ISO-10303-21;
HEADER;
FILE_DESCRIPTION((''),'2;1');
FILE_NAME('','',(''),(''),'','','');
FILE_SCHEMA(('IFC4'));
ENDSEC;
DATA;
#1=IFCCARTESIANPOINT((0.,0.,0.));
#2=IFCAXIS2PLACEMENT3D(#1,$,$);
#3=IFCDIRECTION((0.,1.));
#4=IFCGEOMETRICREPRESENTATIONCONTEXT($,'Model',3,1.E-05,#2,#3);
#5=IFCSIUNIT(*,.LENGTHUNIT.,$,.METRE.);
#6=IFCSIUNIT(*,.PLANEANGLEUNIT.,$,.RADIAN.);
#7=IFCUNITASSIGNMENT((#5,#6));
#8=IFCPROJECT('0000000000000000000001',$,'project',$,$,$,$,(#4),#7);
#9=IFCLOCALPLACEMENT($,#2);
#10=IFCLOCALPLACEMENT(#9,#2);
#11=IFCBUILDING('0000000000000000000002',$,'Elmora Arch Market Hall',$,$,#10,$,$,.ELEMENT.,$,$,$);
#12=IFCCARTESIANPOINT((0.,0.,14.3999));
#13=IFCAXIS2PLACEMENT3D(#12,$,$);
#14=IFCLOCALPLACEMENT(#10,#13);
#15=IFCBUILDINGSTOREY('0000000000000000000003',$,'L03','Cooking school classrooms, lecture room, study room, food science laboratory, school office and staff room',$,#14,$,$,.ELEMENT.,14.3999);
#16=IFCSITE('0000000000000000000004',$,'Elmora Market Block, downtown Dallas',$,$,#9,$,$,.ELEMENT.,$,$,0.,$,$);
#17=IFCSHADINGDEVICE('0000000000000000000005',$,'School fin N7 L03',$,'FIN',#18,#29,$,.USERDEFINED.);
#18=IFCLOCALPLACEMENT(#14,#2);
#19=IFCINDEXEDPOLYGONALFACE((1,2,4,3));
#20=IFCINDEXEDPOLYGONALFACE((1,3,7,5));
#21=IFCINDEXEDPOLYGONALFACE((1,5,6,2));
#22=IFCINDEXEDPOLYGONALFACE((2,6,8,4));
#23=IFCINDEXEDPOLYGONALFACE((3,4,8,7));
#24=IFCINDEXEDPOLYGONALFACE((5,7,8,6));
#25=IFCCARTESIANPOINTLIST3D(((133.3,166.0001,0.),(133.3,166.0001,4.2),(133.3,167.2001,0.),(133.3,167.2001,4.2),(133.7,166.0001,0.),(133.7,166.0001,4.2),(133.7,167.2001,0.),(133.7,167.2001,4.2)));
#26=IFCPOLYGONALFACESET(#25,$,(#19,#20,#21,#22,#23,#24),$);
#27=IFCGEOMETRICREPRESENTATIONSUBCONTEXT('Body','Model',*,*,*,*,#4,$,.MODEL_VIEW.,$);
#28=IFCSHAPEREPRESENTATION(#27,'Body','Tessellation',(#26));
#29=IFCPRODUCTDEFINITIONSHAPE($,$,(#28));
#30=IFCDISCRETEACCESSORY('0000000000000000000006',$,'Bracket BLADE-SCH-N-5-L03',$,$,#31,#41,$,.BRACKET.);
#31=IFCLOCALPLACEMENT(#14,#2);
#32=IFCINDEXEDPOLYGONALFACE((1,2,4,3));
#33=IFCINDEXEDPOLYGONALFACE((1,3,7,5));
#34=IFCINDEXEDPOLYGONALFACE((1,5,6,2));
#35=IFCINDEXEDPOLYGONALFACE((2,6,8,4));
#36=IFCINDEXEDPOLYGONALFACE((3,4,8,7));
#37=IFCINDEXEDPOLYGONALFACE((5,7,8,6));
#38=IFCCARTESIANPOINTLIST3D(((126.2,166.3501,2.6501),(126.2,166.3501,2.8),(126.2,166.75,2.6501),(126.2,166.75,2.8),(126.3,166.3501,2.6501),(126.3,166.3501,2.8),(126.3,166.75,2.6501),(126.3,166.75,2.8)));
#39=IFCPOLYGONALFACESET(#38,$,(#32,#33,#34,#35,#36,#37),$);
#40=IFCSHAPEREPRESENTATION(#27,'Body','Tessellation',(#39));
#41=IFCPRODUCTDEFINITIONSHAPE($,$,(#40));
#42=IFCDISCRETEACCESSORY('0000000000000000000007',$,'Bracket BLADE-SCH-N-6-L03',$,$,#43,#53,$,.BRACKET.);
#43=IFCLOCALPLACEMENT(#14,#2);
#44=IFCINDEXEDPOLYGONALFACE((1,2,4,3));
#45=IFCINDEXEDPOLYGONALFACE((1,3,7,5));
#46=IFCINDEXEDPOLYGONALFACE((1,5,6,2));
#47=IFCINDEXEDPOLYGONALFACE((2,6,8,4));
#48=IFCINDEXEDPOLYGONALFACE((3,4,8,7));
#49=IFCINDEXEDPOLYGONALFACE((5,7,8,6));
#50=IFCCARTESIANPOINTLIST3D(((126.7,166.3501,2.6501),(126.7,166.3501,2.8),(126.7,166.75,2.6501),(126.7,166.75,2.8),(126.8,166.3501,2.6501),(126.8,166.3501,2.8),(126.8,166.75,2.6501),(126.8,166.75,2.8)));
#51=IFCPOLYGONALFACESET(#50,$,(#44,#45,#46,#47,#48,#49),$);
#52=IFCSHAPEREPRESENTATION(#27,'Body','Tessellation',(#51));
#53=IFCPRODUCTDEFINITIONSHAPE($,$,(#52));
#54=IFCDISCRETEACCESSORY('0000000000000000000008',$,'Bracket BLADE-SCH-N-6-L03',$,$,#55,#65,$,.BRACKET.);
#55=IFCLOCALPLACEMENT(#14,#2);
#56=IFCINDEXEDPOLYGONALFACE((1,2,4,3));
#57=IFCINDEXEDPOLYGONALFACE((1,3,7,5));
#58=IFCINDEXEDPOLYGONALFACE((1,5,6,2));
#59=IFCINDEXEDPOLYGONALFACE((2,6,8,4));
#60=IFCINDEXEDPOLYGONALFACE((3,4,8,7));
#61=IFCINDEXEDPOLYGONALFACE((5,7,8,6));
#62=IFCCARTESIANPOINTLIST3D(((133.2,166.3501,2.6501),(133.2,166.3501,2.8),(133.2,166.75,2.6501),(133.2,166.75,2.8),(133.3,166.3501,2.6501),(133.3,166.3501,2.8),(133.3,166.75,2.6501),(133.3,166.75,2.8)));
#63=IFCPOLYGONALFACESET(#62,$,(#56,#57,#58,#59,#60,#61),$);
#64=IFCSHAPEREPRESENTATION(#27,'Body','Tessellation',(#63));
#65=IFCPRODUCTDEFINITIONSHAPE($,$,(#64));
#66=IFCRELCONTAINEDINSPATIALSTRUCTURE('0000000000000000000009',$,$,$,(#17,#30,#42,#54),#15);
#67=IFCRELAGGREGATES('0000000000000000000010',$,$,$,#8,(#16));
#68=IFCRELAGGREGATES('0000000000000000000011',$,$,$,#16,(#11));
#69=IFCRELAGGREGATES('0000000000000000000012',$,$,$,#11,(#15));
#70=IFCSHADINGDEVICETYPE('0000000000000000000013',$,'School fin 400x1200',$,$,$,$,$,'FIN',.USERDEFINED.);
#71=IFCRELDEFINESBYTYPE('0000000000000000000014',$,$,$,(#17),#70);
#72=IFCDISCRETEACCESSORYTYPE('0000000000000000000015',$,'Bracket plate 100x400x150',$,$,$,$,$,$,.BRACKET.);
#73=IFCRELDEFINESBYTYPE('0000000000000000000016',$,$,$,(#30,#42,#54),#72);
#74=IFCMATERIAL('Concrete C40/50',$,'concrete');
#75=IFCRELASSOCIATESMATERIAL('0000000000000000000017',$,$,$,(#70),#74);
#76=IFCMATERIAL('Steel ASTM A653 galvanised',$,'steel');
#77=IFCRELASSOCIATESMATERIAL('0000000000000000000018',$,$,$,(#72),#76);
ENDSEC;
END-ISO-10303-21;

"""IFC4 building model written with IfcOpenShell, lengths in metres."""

from ifc_helpers import new_model, si_unit, direction, frame, origin, origin_2d, place, context, subcontext, project, spatial, rectangle, extrude, material, type_object, element, save


model = new_model("IFC4")

# Units and contexts
model_context = context("Model", 3, precision=1e-05, world=origin(), true_north=direction((0.0, 1.0)))
body_context = subcontext(model_context, "Body", "Model", "MODEL_VIEW")
ifc_project = project(units=[si_unit("LENGTHUNIT", "METRE"), si_unit("PLANEANGLEUNIT", "RADIAN")], contexts=[model_context])

# Site, building, storey
site_placement = place(None, origin())
site = spatial("IfcSite", under=ifc_project, at=site_placement, Name="Elmora Market Block, downtown Dallas", CompositionType="ELEMENT", RefElevation=0.0)
building_placement = place(site_placement, origin())
building = spatial("IfcBuilding", under=site, at=building_placement, Name="Elmora Arch Market Hall", CompositionType="ELEMENT")
storey_placement = place(building_placement, frame((0.0, 0.0, 14.3999)))
storey = spatial("IfcBuildingStorey", under=building, at=storey_placement, Name="L03", Description="Cooking school classrooms, lecture room, study room, food science laboratory, school office and staff room", CompositionType="ELEMENT", Elevation=14.3999)

# Shading device
ifc_material_1 = material(Name="Concrete C40/50", Category="concrete")
shading_device_type_1 = type_object("IfcShadingDeviceType", Name="School fin 400x1200", ElementType="FIN", PredefinedType="USERDEFINED", material=ifc_material_1)
for number, where, z_axis, x_axis, name in (
    (1, (133.5, 166.6001, 0.0), (0.0, 0.0, 1.0), (1.0, 0.0, 0.0), "School fin N7 L03"),
):
    element("IfcShadingDevice", number, at=place(storey_placement, frame(where, z_axis=z_axis, x_axis=x_axis)), inside=storey, type_object=shading_device_type_1, Name=name, ObjectType="FIN", PredefinedType="USERDEFINED", context=body_context, shape_type="SweptSolid", body=[
        extrude(rectangle(XDim=0.3999, YDim=1.2, at=origin_2d()), origin(), (0.0, 0.0, 1.0), 4.2),
    ])

# Discrete accessories
ifc_material_2 = material(Name="Steel ASTM A653 galvanised", Category="steel")
discrete_accessory_type = type_object("IfcDiscreteAccessoryType", Name="Bracket plate 100x400x150", PredefinedType="BRACKET", material=ifc_material_2)
for number, where, z_axis, x_axis, name in (
    (2, (126.25, 166.55, 2.6501), (0.0, 0.0, 1.0), (1.0, 0.0, 0.0), "Bracket BLADE-SCH-N-5-L03"),
    (3, (126.75, 166.55, 2.6501), (0.0, 0.0, 1.0), (1.0, 0.0, 0.0), "Bracket BLADE-SCH-N-6-L03"),
    (4, (133.25, 166.55, 2.6501), (0.0, 0.0, 1.0), (1.0, 0.0, 0.0), "Bracket BLADE-SCH-N-6-L03"),
):
    element("IfcDiscreteAccessory", number, at=place(storey_placement, frame(where, z_axis=z_axis, x_axis=x_axis)), inside=storey, type_object=discrete_accessory_type, Name=name, PredefinedType="BRACKET", context=body_context, shape_type="SweptSolid", body=[
        extrude(rectangle(XDim=0.1001, YDim=0.3999, at=origin_2d()), origin(), (0.0, 0.0, 1.0), 0.1499),
    ])

save(model, "model.ifc")
